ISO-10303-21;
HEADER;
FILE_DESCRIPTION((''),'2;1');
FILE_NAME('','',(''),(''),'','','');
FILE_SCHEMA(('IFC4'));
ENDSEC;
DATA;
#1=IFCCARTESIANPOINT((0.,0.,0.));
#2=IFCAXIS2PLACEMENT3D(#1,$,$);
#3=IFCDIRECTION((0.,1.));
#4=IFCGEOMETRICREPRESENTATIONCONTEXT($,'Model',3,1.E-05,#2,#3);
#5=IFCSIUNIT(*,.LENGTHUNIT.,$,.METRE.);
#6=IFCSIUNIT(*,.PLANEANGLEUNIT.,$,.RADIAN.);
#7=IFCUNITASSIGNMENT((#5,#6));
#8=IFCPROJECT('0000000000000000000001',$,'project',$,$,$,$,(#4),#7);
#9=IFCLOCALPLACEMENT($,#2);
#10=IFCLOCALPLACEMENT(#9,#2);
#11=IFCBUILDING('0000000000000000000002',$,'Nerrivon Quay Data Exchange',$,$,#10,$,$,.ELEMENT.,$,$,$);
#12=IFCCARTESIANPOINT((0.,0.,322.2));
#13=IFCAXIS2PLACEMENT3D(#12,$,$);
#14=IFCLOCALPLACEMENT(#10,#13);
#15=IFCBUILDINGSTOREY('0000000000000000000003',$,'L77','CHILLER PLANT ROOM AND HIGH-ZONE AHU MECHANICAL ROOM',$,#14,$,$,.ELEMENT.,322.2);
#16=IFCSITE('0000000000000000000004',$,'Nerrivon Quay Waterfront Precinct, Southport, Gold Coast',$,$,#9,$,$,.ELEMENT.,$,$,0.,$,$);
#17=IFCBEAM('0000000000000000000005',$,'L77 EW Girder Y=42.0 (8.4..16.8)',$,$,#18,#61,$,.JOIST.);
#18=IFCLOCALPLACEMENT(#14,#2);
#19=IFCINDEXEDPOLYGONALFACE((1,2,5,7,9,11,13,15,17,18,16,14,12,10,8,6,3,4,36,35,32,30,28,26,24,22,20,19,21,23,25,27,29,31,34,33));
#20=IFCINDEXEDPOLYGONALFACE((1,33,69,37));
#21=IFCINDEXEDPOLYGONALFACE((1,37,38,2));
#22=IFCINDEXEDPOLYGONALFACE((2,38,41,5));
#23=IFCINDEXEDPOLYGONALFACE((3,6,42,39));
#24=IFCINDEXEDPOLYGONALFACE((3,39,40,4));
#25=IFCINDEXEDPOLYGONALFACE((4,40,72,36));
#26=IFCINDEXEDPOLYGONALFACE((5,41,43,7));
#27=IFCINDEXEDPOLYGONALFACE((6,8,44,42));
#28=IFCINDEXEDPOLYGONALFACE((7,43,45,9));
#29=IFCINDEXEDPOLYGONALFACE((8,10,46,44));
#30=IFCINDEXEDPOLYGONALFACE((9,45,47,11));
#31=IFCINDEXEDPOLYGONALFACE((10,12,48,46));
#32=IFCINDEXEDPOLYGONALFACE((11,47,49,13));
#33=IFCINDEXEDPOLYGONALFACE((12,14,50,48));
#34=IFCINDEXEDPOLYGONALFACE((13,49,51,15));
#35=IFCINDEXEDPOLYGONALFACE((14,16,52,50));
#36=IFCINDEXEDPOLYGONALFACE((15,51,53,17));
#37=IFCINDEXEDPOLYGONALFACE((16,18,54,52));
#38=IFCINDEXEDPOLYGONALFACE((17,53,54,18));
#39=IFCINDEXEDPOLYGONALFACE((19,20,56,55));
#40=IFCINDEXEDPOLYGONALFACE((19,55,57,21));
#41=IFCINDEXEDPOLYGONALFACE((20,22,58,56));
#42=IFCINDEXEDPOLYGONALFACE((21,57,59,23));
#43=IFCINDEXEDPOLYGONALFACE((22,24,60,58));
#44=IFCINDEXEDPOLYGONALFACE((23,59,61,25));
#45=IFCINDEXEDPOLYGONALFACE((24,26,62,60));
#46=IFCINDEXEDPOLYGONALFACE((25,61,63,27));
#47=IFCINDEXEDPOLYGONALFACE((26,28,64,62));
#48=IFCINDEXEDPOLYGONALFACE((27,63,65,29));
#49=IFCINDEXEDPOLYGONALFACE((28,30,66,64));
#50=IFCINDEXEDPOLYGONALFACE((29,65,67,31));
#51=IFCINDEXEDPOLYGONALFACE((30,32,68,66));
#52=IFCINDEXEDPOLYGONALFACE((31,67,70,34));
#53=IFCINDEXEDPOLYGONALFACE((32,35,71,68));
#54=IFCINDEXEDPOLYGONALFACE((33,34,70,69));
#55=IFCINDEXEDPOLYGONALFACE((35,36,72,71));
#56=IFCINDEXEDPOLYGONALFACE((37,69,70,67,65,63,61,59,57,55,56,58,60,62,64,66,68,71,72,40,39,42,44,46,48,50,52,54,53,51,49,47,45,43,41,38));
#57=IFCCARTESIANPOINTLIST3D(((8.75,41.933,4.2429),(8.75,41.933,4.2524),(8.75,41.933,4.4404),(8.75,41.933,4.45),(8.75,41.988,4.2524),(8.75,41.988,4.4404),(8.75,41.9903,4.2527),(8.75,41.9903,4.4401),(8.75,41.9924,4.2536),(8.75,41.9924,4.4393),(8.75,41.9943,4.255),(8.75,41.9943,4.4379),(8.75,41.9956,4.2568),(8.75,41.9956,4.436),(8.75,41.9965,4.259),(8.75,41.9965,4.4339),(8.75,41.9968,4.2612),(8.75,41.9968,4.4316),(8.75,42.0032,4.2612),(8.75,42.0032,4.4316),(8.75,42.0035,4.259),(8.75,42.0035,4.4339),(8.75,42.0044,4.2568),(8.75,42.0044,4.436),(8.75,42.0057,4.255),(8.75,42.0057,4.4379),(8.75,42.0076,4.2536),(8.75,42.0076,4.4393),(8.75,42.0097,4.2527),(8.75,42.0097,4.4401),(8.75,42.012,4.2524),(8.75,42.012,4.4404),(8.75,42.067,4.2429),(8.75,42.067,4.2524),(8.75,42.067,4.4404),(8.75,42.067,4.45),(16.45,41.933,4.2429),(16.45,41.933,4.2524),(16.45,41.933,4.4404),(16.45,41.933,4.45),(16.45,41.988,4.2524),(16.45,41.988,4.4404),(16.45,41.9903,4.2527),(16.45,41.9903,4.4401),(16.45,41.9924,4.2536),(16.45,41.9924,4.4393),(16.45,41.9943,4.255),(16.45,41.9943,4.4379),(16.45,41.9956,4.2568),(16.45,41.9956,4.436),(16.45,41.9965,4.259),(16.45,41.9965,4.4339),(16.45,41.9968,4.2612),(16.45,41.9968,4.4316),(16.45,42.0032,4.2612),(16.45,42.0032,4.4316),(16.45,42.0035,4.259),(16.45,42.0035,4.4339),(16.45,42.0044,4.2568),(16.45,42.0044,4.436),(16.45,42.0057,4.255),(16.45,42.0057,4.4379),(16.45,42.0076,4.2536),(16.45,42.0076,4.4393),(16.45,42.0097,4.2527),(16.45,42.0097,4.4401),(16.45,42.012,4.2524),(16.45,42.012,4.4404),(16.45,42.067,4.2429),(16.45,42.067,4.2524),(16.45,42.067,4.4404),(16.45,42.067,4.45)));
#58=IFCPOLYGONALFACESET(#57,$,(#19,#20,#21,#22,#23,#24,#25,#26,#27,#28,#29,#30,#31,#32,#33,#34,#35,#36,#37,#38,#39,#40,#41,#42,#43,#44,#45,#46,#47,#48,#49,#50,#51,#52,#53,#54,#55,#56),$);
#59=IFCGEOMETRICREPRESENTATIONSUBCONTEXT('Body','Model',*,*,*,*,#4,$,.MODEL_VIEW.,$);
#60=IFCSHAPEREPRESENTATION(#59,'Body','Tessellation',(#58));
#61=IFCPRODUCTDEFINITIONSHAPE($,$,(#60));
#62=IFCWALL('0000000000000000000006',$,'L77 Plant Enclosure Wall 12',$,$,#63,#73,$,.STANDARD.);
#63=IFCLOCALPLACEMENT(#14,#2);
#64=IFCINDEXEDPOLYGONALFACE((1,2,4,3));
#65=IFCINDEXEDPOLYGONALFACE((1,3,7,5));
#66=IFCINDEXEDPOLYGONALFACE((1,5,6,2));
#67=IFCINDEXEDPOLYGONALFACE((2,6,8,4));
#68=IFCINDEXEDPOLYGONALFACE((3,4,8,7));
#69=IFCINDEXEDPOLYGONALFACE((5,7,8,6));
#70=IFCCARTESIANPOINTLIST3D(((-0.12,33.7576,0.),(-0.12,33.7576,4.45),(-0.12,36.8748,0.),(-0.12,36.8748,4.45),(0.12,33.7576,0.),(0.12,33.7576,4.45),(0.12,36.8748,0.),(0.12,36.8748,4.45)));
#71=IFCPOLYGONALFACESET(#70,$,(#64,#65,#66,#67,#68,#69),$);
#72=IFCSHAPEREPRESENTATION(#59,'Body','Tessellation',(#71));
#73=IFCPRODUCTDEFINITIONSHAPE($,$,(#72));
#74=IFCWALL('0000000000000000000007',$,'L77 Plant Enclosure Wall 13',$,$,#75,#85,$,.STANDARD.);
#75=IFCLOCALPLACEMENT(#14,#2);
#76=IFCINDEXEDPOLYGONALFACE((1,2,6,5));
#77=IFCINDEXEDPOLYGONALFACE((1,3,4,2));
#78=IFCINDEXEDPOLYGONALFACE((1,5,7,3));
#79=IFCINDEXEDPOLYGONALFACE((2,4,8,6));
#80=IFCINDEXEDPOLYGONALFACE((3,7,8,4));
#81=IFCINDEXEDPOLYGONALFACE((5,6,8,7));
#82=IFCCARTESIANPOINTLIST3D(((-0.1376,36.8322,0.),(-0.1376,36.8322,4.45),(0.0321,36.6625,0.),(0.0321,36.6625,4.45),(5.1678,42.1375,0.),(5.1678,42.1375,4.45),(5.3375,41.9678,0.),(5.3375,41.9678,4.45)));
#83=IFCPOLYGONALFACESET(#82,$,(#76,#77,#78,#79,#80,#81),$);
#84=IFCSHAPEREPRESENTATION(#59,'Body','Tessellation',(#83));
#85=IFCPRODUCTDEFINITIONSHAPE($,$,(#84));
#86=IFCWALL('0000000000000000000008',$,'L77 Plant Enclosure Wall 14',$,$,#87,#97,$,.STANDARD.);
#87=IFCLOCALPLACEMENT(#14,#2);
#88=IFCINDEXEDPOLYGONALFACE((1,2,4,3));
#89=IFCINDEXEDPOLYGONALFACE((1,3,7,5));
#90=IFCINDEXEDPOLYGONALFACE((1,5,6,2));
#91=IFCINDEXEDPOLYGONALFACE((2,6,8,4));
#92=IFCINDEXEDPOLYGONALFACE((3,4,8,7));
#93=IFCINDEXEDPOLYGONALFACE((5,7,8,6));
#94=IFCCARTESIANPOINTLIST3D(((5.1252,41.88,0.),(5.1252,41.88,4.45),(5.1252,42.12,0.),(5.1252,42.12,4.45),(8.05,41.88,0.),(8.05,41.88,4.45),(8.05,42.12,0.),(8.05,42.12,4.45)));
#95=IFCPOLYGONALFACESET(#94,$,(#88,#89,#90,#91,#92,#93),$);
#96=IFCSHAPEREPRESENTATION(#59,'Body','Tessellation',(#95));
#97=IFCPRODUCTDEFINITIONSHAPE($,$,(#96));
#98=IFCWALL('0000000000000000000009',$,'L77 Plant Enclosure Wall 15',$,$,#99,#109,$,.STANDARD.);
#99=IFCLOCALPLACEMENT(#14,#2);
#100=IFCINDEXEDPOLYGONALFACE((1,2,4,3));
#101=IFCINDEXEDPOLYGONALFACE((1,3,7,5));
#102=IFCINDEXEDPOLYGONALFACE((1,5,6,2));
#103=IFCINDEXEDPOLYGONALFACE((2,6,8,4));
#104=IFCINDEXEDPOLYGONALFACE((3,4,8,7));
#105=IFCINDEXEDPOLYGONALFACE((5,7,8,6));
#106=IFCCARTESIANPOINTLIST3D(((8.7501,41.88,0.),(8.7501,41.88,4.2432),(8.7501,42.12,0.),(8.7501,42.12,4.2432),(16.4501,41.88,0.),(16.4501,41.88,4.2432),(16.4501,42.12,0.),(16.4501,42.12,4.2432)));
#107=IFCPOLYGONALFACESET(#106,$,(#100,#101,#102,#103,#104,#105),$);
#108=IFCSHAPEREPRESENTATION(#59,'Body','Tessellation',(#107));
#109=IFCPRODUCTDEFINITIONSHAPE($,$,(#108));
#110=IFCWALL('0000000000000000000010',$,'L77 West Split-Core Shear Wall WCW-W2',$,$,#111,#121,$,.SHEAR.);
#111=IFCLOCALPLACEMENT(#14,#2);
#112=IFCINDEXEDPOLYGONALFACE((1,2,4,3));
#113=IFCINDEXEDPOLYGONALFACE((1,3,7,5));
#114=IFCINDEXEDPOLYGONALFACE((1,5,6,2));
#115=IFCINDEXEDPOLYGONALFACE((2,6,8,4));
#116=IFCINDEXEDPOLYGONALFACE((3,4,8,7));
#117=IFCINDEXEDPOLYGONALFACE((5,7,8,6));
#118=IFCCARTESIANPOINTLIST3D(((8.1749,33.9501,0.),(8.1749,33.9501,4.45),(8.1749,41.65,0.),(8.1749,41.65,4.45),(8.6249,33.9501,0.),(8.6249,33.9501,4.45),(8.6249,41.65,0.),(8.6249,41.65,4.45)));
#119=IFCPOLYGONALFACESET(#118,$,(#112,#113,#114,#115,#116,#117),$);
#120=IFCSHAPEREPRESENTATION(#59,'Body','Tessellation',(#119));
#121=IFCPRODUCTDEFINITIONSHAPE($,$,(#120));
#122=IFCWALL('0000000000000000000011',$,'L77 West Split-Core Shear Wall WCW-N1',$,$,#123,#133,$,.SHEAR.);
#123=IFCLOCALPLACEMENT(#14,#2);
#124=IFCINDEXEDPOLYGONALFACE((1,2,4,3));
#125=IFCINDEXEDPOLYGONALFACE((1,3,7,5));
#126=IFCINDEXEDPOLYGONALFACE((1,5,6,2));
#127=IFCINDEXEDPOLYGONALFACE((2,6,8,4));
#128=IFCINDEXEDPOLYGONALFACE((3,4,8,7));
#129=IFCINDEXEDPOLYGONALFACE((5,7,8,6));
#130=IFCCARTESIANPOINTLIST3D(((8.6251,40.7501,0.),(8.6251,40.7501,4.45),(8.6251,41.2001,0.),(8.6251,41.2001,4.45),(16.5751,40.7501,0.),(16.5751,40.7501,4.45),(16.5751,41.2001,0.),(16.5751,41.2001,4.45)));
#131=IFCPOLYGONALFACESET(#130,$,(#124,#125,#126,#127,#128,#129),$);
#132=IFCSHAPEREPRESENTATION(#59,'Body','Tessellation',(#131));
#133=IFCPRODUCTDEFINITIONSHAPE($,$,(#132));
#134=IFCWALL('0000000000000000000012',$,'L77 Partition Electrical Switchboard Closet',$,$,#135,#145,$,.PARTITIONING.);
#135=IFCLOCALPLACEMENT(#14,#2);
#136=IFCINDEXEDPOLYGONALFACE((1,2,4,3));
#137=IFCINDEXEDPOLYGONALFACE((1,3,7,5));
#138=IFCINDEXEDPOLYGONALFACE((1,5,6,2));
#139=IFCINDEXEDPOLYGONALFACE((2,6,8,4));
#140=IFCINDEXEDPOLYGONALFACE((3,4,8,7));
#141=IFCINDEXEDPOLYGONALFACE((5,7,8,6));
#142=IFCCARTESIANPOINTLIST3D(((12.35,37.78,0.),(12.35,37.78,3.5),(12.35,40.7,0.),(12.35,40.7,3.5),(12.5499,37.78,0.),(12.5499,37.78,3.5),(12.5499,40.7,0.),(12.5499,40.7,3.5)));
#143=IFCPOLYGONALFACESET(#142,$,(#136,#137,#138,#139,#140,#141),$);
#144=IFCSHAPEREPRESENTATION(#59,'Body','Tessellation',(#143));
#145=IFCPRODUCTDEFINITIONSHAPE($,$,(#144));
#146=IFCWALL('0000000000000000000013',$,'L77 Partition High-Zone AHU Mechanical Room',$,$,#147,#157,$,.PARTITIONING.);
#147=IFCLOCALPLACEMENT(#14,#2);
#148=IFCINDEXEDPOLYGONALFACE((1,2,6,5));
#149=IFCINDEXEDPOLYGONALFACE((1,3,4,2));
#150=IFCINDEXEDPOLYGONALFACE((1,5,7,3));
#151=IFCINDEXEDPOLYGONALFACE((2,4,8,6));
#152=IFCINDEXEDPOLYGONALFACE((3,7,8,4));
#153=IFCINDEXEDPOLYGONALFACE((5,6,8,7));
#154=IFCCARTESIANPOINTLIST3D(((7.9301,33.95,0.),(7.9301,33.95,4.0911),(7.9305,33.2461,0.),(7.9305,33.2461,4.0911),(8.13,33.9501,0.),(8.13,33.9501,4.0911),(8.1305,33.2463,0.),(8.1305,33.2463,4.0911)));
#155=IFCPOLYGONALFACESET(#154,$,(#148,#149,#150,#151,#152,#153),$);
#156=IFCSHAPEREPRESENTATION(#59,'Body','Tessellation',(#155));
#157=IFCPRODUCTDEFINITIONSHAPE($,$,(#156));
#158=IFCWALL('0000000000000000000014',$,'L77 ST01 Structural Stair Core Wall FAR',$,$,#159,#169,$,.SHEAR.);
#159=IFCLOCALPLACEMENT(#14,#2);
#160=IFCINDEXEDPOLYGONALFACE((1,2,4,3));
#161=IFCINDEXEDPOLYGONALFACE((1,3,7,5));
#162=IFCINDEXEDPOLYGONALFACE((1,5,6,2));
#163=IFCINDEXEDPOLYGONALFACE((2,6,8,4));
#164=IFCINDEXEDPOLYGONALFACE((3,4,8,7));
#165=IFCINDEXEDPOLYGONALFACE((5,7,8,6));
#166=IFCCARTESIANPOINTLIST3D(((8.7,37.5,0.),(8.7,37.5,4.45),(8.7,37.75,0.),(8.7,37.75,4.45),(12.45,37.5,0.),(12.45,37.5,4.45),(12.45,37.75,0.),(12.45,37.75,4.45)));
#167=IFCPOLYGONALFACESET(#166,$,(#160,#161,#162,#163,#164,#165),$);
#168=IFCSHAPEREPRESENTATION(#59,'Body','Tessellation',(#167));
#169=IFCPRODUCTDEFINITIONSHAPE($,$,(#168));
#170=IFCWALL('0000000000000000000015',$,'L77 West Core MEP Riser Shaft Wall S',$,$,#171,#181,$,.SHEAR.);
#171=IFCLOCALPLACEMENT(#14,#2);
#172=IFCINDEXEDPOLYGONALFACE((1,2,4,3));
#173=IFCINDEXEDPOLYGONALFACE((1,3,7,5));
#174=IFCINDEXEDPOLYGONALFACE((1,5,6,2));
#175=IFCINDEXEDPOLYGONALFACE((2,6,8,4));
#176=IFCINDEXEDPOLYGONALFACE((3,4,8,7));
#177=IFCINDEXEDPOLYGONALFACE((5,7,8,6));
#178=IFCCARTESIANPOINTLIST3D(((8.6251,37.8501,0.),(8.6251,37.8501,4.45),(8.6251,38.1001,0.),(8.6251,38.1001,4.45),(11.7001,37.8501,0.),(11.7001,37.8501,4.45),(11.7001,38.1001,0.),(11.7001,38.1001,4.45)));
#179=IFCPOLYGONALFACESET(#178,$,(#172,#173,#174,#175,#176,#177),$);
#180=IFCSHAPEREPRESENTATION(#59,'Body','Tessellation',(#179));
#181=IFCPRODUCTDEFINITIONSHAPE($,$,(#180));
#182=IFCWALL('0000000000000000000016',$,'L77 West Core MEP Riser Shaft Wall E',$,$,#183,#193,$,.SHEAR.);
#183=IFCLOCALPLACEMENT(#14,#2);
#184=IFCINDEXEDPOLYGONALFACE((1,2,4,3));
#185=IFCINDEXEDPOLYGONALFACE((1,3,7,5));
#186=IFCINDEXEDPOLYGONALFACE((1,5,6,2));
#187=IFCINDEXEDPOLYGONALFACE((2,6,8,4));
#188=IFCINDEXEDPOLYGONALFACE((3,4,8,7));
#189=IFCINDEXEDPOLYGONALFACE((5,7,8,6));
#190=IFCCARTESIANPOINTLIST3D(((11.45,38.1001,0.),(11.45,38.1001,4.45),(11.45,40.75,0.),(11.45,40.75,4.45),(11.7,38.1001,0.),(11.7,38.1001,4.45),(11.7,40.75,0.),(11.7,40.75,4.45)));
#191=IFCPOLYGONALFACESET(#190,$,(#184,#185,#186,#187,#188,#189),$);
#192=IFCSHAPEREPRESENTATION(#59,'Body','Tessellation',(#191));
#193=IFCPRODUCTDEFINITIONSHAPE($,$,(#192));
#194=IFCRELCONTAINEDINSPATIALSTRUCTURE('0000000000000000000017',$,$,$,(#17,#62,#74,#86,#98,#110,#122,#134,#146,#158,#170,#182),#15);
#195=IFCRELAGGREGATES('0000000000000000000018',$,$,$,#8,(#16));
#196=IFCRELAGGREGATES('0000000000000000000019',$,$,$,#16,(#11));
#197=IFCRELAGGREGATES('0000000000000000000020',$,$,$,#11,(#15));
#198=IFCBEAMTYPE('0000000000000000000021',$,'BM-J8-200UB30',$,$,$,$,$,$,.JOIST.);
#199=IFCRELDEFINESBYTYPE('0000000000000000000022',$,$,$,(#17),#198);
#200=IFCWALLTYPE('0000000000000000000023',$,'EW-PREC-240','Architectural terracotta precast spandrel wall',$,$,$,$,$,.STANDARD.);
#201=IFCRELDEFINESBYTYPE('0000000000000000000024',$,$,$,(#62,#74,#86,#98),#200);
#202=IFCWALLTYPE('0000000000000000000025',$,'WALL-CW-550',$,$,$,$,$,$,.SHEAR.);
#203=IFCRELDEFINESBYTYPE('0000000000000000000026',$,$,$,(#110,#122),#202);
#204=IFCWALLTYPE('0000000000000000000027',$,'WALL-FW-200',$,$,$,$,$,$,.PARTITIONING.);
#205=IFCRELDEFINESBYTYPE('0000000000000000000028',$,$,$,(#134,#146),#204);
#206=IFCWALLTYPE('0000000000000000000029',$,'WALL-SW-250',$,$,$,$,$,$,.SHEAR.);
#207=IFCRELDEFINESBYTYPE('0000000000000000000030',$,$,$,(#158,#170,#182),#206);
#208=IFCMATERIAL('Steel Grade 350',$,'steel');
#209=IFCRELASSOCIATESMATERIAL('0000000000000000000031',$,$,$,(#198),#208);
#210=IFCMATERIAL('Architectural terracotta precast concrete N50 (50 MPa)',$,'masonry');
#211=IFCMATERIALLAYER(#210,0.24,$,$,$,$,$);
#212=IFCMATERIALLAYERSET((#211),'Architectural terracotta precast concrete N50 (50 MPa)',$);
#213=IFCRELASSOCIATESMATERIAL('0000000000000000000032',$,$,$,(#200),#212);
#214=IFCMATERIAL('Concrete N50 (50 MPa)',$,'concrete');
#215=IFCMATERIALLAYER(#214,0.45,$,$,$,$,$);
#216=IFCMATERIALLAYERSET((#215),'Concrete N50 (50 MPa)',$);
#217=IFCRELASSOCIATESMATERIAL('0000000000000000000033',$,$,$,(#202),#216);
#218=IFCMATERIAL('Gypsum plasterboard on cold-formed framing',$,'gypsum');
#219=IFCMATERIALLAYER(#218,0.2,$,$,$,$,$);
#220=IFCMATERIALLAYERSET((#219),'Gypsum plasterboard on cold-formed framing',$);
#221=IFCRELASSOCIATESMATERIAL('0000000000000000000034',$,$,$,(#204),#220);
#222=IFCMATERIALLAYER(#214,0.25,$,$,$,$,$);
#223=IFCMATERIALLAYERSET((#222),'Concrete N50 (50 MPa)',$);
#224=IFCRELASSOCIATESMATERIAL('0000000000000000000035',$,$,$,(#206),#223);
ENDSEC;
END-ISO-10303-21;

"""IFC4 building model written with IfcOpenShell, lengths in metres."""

from ifc_helpers import new_model, si_unit, direction, frame, frame_2d, origin, origin_2d, place, context, subcontext, project, spatial, rectangle, i_section, extrude, material, layer, layer_set, material_profile, profile_set, type_object, element, save


model = new_model("IFC4")

# Units and contexts
model_context = context("Model", 3, precision=1e-05, world=origin(), true_north=direction((0.0, 1.0)))
body_context = subcontext(model_context, "Body", "Model", "MODEL_VIEW")
ifc_project = project(units=[si_unit("LENGTHUNIT", "METRE"), si_unit("PLANEANGLEUNIT", "RADIAN")], contexts=[model_context])

# Site, building, storey
site_placement = place(None, origin())
site = spatial("IfcSite", under=ifc_project, at=site_placement, Name="Nerrivon Quay Waterfront Precinct, Southport, Gold Coast", CompositionType="ELEMENT", RefElevation=0.0)
building_placement = place(site_placement, origin())
building = spatial("IfcBuilding", under=site, at=building_placement, Name="Nerrivon Quay Data Exchange", CompositionType="ELEMENT")
storey_placement = place(building_placement, frame((0.0, 0.0, 322.2)))
storey = spatial("IfcBuildingStorey", under=building, at=storey_placement, Name="L77", Description="CHILLER PLANT ROOM AND HIGH-ZONE AHU MECHANICAL ROOM", CompositionType="ELEMENT", Elevation=322.2)

# Shared definitions
ifc_material_1 = material(Name="Concrete N50 (50 MPa)", Category="concrete")
ifc_material_2 = material(Name="Steel Grade 350", Category="steel")

# Beam
ifc_material_profile_1 = material_profile(ifc_material_2, i_section(OverallWidth=0.134, OverallDepth=0.207, WebThickness=0.0063, FlangeThickness=0.0095, FilletRadius=0.0088, at=origin_2d()), Name="200UB29.8")
ifc_profile_set_1 = profile_set([ifc_material_profile_1], Name="Steel Grade 350")
beam_type_1 = type_object("IfcBeamType", Name="BM-J8-200UB30", PredefinedType="JOIST", material=ifc_profile_set_1)
beam_1_placement = place(storey_placement, frame((8.75, 42.0, 4.3464), z_axis=(1.0, 0.0, 0.0), x_axis=(0.0, 1.0, 0.0)))
element("IfcBeam", 1, at=beam_1_placement, inside=storey, type_object=beam_type_1, Name="L77 EW Girder Y=42.0 (8.4..16.8)", PredefinedType="JOIST", context=body_context, shape_type="SweptSolid", body=[
    extrude(i_section(OverallWidth=0.134, OverallDepth=0.207, WebThickness=0.0063, FlangeThickness=0.0095, FilletRadius=0.0088, at=origin_2d()), origin(), (0.0, 0.0, 1.0), 7.7),
])

# Walls
ifc_material_3 = material(Name="Architectural terracotta precast concrete N50 (50 MPa)", Category="masonry")
ifc_layer_1 = layer(ifc_material_3, 0.24)
ifc_layer_set_1 = layer_set([ifc_layer_1], Name="Architectural terracotta precast concrete N50 (50 MPa)")
wall_type_1 = type_object("IfcWallType", Name="EW-PREC-240", Description="Architectural terracotta precast spandrel wall", PredefinedType="STANDARD", material=ifc_layer_set_1)
wall_1_placement = place(storey_placement, frame((0.0, 33.7576, 0.0), z_axis=(0.0, 0.0, 1.0), x_axis=(0.0, 1.0, 0.0)))
element("IfcWall", 2, at=wall_1_placement, inside=storey, type_object=wall_type_1, Name="L77 Plant Enclosure Wall 12", PredefinedType="STANDARD", context=body_context, shape_type="SweptSolid", body=[
    extrude(rectangle(XDim=3.1172, YDim=0.24, at=frame_2d((1.5586, 0.0))), origin(), (0.0, 0.0, 1.0), 4.45),
])
wall_2_placement = place(storey_placement, frame((-0.0527, 36.7473, 0.0), z_axis=(0.0, 0.0, 1.0), x_axis=(0.707107, 0.707107, 0.0)))
element("IfcWall", 3, at=wall_2_placement, inside=storey, type_object=wall_type_1, Name="L77 Plant Enclosure Wall 13", PredefinedType="STANDARD", context=body_context, shape_type="SweptSolid", body=[
    extrude(rectangle(XDim=7.5029, YDim=0.24, at=frame_2d((3.7515, 0.0))), origin(), (0.0, 0.0, 1.0), 4.45),
])
wall_3_placement = place(storey_placement, frame((5.1252, 42.0, 0.0), z_axis=(0.0, 0.0, 1.0), x_axis=(1.0, 0.0, 0.0)))
element("IfcWall", 4, at=wall_3_placement, inside=storey, type_object=wall_type_1, Name="L77 Plant Enclosure Wall 14", PredefinedType="STANDARD", context=body_context, shape_type="SweptSolid", body=[
    extrude(rectangle(XDim=2.9248, YDim=0.24, at=frame_2d((1.4624, 0.0))), origin(), (0.0, 0.0, 1.0), 4.45),
])
wall_4_placement = place(storey_placement, frame((8.75, 42.0, 0.0), z_axis=(0.0, 0.0, 1.0), x_axis=(1.0, 0.0, 0.0)))
element("IfcWall", 5, at=wall_4_placement, inside=storey, type_object=wall_type_1, Name="L77 Plant Enclosure Wall 15", PredefinedType="STANDARD", context=body_context, shape_type="SweptSolid", body=[
    extrude(rectangle(XDim=7.7, YDim=0.24, at=frame_2d((3.8501, 0.0))), origin(), (0.0, 0.0, 1.0), 4.2432),
])
ifc_layer_2 = layer(ifc_material_1, 0.45)
ifc_layer_set_2 = layer_set([ifc_layer_2], Name="Concrete N50 (50 MPa)")
wall_type_2 = type_object("IfcWallType", Name="WALL-CW-550", PredefinedType="SHEAR", material=ifc_layer_set_2)
wall_5_placement = place(storey_placement, frame((8.3999, 33.95, 0.0), z_axis=(0.0, 0.0, 1.0), x_axis=(0.0, 1.0, 0.0)))
element("IfcWall", 6, at=wall_5_placement, inside=storey, type_object=wall_type_2, Name="L77 West Split-Core Shear Wall WCW-W2", PredefinedType="SHEAR", context=body_context, shape_type="SweptSolid", body=[
    extrude(rectangle(XDim=7.7, YDim=0.45, at=frame_2d((3.8501, 0.0))), origin(), (0.0, 0.0, 1.0), 4.45),
])
wall_6_placement = place(storey_placement, frame((8.625, 40.9751, 0.0), z_axis=(0.0, 0.0, 1.0), x_axis=(1.0, 0.0, 0.0)))
element("IfcWall", 7, at=wall_6_placement, inside=storey, type_object=wall_type_2, Name="L77 West Split-Core Shear Wall WCW-N1", PredefinedType="SHEAR", context=body_context, shape_type="SweptSolid", body=[
    extrude(rectangle(XDim=7.95, YDim=0.45, at=frame_2d((3.9751, 0.0))), origin(), (0.0, 0.0, 1.0), 4.45),
])
ifc_material_4 = material(Name="Gypsum plasterboard on cold-formed framing", Category="gypsum")
ifc_layer_3 = layer(ifc_material_4, 0.2)
ifc_layer_set_3 = layer_set([ifc_layer_3], Name="Gypsum plasterboard on cold-formed framing")
wall_type_3 = type_object("IfcWallType", Name="WALL-FW-200", PredefinedType="PARTITIONING", material=ifc_layer_set_3)
wall_7_placement = place(storey_placement, frame((12.45, 40.7, 0.0), z_axis=(0.0, 0.0, 1.0), x_axis=(0.0, -1.0, 0.0)))
element("IfcWall", 8, at=wall_7_placement, inside=storey, type_object=wall_type_3, Name="L77 Partition Electrical Switchboard Closet", PredefinedType="PARTITIONING", context=body_context, shape_type="SweptSolid", body=[
    extrude(rectangle(XDim=2.9199, YDim=0.2, at=frame_2d((1.46, 0.0))), origin(), (0.0, 0.0, 1.0), 3.5),
])
wall_8_placement = place(storey_placement, frame((8.0305, 33.2461, 0.0), z_axis=(0.0, 0.0, 1.0), x_axis=(-0.000694, 1.0, 0.0)))
element("IfcWall", 9, at=wall_8_placement, inside=storey, type_object=wall_type_3, Name="L77 Partition High-Zone AHU Mechanical Room", PredefinedType="PARTITIONING", context=body_context, shape_type="SweptSolid", body=[
    extrude(rectangle(XDim=0.7039, YDim=0.2, at=frame_2d((0.3521, 0.0))), origin(), (0.0, 0.0, 1.0), 4.0911),
])
ifc_layer_4 = layer(ifc_material_1, 0.25)
ifc_layer_set_4 = layer_set([ifc_layer_4], Name="Concrete N50 (50 MPa)")
wall_type_4 = type_object("IfcWallType", Name="WALL-SW-250", PredefinedType="SHEAR", material=ifc_layer_set_4)
wall_9_placement = place(storey_placement, frame((12.45, 37.625, 0.0), z_axis=(0.0, 0.0, 1.0), x_axis=(-1.0, 0.0, 0.0)))
element("IfcWall", 10, at=wall_9_placement, inside=storey, type_object=wall_type_4, Name="L77 ST01 Structural Stair Core Wall FAR", PredefinedType="SHEAR", context=body_context, shape_type="SweptSolid", body=[
    extrude(rectangle(XDim=3.75, YDim=0.25, at=frame_2d((1.875, 0.0))), origin(), (0.0, 0.0, 1.0), 4.45),
])
wall_10_placement = place(storey_placement, frame((8.625, 37.9751, 0.0), z_axis=(0.0, 0.0, 1.0), x_axis=(1.0, 0.0, 0.0)))
element("IfcWall", 11, at=wall_10_placement, inside=storey, type_object=wall_type_4, Name="L77 West Core MEP Riser Shaft Wall S", PredefinedType="SHEAR", context=body_context, shape_type="SweptSolid", body=[
    extrude(rectangle(XDim=3.075, YDim=0.25, at=frame_2d((1.5376, 0.0))), origin(), (0.0, 0.0, 1.0), 4.45),
])
wall_11_placement = place(storey_placement, frame((11.575, 38.1001, 0.0), z_axis=(0.0, 0.0, 1.0), x_axis=(0.0, 1.0, 0.0)))
element("IfcWall", 12, at=wall_11_placement, inside=storey, type_object=wall_type_4, Name="L77 West Core MEP Riser Shaft Wall E", PredefinedType="SHEAR", context=body_context, shape_type="SweptSolid", body=[
    extrude(rectangle(XDim=2.6499, YDim=0.25, at=frame_2d((1.325, 0.0))), origin(), (0.0, 0.0, 1.0), 4.45),
])

save(model, "model.ifc")
